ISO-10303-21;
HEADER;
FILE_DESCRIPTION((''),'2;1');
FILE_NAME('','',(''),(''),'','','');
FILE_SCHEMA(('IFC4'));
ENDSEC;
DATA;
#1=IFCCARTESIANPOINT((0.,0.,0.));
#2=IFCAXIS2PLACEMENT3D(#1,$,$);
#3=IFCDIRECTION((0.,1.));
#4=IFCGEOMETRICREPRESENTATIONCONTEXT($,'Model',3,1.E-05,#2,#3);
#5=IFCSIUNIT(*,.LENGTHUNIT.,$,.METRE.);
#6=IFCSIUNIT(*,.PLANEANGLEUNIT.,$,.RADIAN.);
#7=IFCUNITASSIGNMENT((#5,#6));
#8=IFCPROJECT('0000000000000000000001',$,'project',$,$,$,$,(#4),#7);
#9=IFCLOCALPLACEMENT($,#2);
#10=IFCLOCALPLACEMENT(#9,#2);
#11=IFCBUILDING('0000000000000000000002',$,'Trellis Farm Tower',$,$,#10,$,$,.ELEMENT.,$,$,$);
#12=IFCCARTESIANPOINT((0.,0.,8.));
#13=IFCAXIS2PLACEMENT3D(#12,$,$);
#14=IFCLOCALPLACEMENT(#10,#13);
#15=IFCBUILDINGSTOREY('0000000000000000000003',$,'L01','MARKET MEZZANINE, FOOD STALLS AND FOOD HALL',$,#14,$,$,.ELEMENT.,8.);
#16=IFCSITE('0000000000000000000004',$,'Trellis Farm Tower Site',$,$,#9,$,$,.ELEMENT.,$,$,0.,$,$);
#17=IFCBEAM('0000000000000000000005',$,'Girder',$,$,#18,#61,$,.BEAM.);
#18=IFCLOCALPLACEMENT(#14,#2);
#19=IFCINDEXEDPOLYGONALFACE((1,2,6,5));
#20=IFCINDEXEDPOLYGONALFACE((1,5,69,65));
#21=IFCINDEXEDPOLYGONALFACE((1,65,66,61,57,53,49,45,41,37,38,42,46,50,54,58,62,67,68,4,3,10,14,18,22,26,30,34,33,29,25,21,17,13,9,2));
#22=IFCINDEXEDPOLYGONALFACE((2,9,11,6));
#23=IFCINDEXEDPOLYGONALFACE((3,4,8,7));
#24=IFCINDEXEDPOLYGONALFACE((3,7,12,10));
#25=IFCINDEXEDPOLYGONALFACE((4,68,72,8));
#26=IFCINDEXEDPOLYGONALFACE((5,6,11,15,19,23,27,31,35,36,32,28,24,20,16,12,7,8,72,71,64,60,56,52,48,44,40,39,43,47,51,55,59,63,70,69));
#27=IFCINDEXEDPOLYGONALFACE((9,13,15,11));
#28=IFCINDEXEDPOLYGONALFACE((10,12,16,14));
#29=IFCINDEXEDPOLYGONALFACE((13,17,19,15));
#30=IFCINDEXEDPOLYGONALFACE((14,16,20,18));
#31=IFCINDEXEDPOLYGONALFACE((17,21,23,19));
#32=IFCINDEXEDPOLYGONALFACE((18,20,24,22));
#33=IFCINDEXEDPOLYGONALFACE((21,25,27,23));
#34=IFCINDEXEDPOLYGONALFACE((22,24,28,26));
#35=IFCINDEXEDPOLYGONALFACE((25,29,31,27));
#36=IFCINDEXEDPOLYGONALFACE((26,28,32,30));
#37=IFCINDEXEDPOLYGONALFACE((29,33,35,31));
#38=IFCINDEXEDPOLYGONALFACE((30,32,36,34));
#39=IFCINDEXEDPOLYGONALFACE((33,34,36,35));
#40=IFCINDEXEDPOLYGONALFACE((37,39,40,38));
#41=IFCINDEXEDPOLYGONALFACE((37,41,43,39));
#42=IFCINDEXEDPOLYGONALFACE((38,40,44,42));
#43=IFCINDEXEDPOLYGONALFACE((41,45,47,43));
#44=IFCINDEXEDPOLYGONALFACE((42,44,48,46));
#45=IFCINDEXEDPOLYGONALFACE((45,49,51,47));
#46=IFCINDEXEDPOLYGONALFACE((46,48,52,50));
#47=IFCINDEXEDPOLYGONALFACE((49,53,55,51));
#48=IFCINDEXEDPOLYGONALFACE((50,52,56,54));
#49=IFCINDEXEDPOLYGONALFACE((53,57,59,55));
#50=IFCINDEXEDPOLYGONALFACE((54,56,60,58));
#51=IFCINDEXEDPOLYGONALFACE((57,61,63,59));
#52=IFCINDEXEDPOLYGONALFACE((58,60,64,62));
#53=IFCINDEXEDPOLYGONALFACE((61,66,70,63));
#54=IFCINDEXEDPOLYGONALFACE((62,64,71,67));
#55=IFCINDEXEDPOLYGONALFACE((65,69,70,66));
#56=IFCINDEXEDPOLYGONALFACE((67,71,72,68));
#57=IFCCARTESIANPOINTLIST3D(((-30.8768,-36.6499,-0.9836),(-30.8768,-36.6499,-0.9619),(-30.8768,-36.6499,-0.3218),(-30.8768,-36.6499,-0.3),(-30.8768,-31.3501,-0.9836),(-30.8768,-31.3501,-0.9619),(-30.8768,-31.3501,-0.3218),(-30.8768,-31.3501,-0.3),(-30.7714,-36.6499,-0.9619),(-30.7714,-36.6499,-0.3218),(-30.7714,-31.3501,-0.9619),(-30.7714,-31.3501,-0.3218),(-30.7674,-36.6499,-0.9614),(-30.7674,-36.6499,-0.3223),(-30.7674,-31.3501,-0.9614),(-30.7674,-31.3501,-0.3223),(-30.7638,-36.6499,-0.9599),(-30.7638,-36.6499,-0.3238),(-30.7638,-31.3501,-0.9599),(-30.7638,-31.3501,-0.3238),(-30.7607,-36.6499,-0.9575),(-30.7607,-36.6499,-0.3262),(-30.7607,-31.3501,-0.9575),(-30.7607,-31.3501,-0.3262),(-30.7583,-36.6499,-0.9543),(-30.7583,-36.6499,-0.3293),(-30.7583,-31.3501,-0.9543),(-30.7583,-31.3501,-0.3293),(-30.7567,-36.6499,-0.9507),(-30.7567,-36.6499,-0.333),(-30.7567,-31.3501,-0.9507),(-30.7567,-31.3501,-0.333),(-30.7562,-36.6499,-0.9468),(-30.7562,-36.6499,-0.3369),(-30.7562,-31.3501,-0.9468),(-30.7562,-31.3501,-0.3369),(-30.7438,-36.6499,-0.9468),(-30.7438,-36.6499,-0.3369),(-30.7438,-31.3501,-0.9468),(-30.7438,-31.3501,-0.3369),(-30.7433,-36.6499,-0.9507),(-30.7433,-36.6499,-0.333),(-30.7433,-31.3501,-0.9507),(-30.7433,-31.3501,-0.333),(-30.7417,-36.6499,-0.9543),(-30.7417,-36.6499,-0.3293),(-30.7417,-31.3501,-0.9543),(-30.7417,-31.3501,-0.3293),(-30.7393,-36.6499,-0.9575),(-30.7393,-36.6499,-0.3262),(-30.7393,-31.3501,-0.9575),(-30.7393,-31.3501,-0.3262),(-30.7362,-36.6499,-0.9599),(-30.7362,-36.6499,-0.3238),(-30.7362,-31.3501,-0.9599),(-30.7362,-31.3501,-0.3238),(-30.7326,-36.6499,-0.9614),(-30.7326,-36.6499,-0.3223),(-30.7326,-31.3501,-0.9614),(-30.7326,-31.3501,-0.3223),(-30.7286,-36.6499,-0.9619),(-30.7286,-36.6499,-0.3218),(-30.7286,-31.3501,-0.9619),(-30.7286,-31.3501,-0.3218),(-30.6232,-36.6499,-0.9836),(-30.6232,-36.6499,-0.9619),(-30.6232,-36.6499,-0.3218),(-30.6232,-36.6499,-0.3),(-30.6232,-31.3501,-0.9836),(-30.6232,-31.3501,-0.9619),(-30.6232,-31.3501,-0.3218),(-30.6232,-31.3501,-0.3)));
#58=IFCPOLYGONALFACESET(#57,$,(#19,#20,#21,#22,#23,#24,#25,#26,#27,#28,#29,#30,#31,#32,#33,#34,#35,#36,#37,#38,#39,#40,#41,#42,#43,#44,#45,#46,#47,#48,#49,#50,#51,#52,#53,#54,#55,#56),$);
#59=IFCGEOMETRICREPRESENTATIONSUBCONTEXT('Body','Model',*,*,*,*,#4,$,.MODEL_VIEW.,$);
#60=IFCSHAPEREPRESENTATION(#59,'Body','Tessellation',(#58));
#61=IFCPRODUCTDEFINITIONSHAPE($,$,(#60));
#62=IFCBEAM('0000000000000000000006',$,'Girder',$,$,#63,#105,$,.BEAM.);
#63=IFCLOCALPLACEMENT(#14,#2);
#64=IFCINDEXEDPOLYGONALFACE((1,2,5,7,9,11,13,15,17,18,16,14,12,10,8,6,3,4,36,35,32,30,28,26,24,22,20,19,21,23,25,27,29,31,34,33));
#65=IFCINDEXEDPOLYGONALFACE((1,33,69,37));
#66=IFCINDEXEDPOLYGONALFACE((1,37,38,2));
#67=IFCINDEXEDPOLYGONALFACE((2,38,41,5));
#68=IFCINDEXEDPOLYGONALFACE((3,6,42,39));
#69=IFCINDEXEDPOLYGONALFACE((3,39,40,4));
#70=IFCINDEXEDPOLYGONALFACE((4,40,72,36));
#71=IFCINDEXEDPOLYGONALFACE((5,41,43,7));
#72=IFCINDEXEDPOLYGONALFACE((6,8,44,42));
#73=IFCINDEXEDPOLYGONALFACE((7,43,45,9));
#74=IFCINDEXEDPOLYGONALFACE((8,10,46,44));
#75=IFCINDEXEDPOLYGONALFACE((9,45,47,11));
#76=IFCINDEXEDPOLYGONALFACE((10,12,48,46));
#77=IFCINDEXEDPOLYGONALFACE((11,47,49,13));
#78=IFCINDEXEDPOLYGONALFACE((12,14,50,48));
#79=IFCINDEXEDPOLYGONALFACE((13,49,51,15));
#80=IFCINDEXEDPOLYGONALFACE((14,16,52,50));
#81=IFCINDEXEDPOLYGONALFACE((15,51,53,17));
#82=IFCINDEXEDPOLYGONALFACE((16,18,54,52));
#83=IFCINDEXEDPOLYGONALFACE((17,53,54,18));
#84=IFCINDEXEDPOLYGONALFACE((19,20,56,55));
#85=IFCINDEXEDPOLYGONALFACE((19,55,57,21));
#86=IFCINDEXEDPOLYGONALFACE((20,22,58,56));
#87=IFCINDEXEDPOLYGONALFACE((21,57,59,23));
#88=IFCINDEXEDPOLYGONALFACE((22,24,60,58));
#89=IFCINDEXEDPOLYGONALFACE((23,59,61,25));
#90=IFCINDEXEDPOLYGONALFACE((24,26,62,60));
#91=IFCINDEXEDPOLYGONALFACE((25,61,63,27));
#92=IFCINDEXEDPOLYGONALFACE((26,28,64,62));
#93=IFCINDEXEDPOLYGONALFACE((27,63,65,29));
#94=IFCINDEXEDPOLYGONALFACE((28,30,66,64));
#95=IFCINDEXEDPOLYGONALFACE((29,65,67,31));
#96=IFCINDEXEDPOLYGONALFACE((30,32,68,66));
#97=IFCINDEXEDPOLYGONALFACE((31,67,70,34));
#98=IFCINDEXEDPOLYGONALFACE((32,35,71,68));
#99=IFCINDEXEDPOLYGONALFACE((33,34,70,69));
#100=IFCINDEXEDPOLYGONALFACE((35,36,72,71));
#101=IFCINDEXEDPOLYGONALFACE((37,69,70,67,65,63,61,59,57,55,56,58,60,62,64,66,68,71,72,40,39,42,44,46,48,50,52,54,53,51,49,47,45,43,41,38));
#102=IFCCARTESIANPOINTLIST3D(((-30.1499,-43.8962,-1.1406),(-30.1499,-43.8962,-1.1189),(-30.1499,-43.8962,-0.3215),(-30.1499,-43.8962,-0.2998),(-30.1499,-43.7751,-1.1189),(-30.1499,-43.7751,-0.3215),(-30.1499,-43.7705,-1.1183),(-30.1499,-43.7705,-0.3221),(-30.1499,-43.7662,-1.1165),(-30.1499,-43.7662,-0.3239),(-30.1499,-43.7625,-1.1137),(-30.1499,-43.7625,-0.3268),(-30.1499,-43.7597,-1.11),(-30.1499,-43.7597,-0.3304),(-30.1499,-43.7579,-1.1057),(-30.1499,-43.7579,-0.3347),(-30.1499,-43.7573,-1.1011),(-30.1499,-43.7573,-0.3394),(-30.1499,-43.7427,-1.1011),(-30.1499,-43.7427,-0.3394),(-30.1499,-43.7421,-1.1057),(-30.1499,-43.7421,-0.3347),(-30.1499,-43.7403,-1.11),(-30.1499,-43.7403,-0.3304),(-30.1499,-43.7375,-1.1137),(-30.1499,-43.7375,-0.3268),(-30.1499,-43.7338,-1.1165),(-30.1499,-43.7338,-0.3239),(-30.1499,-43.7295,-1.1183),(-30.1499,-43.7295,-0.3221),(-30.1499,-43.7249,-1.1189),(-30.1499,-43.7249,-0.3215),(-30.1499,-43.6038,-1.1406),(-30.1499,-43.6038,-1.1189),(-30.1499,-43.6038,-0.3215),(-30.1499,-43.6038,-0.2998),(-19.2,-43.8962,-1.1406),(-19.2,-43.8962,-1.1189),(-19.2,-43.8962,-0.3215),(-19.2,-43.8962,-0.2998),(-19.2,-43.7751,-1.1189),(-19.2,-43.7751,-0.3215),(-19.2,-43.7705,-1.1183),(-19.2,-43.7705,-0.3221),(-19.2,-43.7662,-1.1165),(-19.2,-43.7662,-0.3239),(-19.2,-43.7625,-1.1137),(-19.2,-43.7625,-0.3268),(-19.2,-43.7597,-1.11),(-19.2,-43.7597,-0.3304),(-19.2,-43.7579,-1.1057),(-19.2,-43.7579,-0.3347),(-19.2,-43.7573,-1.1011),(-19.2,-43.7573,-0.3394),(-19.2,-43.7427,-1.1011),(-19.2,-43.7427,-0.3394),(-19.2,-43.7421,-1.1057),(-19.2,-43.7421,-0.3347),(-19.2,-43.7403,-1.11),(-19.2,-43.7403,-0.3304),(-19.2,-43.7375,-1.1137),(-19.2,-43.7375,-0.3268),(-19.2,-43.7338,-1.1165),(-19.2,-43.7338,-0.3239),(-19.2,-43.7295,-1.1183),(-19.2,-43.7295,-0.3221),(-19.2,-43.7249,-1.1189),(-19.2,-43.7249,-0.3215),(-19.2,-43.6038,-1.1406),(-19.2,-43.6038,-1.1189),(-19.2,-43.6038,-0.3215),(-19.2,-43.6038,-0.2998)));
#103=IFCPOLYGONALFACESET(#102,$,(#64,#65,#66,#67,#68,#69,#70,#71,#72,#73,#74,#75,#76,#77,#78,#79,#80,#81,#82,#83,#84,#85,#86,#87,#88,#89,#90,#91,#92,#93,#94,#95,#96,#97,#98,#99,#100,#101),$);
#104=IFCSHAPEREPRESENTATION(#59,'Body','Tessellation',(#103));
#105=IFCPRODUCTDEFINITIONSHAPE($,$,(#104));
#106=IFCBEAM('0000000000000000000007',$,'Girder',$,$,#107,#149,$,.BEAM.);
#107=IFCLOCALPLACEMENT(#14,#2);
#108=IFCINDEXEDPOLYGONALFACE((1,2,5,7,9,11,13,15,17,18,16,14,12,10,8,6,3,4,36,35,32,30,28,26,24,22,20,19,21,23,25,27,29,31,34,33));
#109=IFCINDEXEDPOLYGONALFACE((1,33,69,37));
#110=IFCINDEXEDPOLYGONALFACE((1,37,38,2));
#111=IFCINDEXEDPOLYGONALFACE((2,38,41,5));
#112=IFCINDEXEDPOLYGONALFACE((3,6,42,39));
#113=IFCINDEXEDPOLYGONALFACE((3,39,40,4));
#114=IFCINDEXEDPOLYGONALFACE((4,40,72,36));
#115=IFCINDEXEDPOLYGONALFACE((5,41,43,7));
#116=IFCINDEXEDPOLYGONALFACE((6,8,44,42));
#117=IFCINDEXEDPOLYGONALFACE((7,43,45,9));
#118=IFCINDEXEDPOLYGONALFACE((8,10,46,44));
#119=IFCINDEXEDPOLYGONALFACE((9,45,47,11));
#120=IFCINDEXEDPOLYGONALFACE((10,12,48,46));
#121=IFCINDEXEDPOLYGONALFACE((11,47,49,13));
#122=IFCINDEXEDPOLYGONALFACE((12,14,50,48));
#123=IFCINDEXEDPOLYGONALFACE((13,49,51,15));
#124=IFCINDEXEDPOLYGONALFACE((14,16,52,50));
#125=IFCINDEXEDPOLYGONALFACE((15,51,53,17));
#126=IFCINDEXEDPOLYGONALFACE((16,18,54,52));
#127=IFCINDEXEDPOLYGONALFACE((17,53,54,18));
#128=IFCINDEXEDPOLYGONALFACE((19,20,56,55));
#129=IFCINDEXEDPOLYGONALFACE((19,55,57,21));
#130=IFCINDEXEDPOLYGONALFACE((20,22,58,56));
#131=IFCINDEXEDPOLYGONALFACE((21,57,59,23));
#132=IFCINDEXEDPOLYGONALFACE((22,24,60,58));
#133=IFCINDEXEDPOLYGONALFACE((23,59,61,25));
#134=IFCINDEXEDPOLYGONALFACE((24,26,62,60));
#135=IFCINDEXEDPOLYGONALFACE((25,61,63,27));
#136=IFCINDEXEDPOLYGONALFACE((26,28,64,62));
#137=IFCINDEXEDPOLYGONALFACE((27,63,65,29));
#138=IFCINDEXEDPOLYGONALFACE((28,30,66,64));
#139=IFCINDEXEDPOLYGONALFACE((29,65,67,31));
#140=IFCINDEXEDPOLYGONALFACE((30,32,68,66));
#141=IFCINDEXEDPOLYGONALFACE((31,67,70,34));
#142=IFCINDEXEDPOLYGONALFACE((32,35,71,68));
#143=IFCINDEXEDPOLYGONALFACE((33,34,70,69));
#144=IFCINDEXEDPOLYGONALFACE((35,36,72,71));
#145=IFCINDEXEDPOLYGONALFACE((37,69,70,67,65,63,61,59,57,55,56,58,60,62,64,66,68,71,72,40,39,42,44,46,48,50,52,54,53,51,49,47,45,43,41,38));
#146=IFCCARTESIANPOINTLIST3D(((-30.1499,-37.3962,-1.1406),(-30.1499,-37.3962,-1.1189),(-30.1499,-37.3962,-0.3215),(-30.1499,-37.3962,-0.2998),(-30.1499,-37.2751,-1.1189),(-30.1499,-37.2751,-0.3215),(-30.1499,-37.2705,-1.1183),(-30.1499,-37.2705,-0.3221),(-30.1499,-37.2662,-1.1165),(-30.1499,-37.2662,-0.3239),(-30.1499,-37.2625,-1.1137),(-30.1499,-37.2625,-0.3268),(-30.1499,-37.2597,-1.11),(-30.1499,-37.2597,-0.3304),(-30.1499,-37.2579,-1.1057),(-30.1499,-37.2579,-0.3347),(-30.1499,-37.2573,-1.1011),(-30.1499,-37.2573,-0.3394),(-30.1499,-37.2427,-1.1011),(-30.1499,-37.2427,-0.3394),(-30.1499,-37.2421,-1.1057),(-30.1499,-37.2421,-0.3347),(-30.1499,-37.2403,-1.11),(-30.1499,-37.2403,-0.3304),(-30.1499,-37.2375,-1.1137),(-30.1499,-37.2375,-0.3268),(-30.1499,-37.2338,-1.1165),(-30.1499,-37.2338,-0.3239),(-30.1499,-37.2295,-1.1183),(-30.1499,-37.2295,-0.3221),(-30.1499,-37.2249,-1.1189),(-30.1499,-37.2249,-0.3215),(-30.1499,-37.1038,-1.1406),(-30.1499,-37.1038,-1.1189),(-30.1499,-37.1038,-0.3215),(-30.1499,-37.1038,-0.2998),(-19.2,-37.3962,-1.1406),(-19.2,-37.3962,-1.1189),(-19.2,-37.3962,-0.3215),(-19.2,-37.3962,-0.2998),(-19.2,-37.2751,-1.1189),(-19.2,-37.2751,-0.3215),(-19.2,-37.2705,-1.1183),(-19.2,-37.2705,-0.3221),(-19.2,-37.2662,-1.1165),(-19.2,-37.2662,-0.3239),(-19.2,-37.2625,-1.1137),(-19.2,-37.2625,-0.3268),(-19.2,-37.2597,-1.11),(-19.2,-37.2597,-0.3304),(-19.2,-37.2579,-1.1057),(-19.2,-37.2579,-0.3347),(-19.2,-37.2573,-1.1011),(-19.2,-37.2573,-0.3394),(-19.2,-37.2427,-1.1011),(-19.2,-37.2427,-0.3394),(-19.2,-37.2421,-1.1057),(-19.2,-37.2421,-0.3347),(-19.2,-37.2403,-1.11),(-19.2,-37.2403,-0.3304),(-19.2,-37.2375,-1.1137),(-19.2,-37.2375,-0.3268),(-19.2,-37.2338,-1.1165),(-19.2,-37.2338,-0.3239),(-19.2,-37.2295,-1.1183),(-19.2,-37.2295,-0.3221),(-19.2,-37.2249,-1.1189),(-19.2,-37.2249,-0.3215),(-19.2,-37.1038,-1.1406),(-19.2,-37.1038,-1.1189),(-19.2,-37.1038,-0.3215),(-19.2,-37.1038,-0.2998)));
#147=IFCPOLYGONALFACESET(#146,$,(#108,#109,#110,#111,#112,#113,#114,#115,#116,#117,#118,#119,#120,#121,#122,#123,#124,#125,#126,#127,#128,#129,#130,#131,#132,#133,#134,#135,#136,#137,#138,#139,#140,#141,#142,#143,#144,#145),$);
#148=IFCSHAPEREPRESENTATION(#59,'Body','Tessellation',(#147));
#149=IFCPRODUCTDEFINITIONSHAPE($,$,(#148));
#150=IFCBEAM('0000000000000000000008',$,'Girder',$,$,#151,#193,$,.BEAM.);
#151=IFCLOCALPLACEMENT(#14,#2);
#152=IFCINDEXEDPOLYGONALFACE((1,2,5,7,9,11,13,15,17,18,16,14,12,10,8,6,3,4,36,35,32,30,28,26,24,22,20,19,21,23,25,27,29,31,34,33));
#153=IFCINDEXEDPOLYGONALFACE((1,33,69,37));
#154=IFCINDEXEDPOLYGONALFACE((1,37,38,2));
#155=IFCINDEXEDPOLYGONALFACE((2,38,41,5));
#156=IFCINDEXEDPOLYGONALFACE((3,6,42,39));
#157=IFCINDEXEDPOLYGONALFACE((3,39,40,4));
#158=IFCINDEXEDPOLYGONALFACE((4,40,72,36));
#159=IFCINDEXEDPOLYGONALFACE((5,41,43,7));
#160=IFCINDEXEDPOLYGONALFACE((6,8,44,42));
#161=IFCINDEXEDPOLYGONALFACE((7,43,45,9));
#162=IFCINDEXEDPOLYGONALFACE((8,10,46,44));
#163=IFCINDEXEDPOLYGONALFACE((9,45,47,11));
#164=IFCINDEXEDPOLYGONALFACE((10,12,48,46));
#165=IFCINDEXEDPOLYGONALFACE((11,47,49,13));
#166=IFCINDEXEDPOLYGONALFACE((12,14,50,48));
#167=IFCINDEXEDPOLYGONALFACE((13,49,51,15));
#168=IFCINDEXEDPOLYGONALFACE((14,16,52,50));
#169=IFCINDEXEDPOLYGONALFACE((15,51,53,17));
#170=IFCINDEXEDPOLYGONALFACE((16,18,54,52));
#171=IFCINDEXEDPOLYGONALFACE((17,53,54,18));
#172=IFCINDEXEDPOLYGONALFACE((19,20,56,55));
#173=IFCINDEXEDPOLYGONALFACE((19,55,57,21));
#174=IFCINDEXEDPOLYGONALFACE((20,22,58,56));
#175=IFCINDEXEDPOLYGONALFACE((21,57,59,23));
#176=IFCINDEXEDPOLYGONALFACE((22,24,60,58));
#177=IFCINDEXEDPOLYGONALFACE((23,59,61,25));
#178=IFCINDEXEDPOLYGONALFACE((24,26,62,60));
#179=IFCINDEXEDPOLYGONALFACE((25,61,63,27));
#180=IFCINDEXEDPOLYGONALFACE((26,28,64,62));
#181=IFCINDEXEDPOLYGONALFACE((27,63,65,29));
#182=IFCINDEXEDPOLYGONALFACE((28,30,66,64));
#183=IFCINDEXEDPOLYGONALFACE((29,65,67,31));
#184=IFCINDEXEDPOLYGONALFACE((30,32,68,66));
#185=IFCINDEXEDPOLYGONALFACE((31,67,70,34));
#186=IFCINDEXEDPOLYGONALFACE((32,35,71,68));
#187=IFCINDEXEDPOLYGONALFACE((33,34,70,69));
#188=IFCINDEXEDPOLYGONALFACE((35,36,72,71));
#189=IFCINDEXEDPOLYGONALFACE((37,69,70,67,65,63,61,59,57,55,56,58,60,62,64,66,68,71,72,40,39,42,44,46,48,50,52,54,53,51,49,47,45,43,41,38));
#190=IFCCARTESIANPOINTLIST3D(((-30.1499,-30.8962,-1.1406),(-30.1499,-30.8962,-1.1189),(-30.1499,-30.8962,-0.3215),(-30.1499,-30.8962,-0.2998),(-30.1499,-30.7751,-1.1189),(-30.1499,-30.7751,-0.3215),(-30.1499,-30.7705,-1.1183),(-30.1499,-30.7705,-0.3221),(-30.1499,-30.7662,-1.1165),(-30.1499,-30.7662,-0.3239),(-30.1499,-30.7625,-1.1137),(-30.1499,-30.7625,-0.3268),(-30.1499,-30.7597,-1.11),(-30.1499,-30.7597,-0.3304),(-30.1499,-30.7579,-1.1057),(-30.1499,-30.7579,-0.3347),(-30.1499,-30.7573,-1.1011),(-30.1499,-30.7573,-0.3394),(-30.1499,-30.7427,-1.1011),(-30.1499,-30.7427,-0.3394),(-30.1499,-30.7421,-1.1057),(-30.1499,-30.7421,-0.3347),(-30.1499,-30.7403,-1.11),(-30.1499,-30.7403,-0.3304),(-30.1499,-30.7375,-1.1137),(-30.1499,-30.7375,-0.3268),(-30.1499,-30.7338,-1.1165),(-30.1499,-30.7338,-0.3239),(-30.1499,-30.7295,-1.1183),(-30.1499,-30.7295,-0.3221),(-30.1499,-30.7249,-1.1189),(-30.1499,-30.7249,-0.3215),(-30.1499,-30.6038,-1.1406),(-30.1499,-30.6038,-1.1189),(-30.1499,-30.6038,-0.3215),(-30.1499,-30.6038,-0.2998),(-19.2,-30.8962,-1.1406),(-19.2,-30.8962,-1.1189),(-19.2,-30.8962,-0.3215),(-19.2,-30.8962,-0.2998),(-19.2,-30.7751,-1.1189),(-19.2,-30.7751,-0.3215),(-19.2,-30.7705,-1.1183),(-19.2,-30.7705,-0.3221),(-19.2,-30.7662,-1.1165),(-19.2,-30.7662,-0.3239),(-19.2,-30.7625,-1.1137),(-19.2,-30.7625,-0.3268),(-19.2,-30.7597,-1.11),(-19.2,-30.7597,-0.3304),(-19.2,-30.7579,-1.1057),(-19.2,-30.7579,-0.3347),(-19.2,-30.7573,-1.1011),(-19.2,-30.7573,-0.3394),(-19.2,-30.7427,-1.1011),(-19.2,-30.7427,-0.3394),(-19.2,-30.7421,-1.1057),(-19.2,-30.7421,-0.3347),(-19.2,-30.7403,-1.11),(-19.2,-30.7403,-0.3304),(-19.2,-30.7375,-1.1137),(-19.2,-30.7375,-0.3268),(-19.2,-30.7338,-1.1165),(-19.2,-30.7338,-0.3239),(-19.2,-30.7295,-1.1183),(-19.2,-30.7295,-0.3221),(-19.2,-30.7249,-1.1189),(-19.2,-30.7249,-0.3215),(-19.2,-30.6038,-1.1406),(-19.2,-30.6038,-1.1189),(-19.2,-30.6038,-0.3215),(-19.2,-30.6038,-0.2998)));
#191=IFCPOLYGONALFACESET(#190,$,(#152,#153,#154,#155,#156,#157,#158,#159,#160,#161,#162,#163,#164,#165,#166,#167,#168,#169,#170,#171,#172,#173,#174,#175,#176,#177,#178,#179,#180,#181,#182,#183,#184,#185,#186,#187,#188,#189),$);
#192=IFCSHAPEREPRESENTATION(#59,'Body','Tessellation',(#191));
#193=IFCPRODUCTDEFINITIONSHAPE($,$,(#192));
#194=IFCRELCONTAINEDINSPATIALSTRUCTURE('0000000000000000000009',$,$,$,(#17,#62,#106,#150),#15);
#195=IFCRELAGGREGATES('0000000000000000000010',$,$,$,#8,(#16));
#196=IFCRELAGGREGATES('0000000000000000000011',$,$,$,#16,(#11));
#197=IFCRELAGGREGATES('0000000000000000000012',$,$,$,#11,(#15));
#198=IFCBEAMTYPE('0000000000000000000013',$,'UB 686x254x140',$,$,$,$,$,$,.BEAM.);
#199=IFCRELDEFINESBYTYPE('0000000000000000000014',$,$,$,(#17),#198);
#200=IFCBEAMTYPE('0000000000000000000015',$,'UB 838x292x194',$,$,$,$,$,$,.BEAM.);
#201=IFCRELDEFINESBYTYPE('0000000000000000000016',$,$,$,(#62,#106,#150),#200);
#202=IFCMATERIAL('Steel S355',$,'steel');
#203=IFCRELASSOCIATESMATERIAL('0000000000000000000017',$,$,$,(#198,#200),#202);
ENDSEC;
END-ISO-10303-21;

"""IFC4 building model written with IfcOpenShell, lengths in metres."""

from ifc_helpers import new_model, si_unit, direction, frame, origin, origin_2d, place, context, subcontext, project, spatial, i_section, extrude, source, transform, mapped, material, material_profile, profile_set, type_object, element, save


model = new_model("IFC4")

# Units and contexts
model_context = context("Model", 3, precision=1e-05, world=origin(), true_north=direction((0.0, 1.0)))
body_context = subcontext(model_context, "Body", "Model", "MODEL_VIEW")
ifc_project = project(units=[si_unit("LENGTHUNIT", "METRE"), si_unit("PLANEANGLEUNIT", "RADIAN")], contexts=[model_context])

# Site, building, storey
site_placement = place(None, origin())
site = spatial("IfcSite", under=ifc_project, at=site_placement, Name="Trellis Farm Tower Site", CompositionType="ELEMENT", RefElevation=0.0)
building_placement = place(site_placement, origin())
building = spatial("IfcBuilding", under=site, at=building_placement, Name="Trellis Farm Tower", CompositionType="ELEMENT")
storey_placement = place(building_placement, frame((0.0, 0.0, 8.0)))
storey = spatial("IfcBuildingStorey", under=building, at=storey_placement, Name="L01", Description="MARKET MEZZANINE, FOOD STALLS AND FOOD HALL", CompositionType="ELEMENT", Elevation=8.0)

# Beams
ifc_material_1 = material(Name="Steel S355", Category="steel")
ifc_material_profile_1 = material_profile(ifc_material_1, i_section(OverallWidth=0.2537, OverallDepth=0.6836, WebThickness=0.0125, FlangeThickness=0.0217, FilletRadius=0.0151, at=origin_2d()), Name="UB 686x254x140")
ifc_profile_set_1 = profile_set([ifc_material_profile_1], Name="Steel S355")
beam_type_1 = type_object("IfcBeamType", Name="UB 686x254x140", PredefinedType="BEAM", material=ifc_profile_set_1)
shared_shape_1 = source(origin(), body_context, "Body", "SweptSolid", [
    extrude(i_section(OverallWidth=0.2537, OverallDepth=0.6836, WebThickness=0.0125, FlangeThickness=0.0217, FilletRadius=0.0151, at=origin_2d()), origin(), (0.0, 0.0, 1.0), 5.2998),
])
for number, where, z_axis, x_axis, name in (
    (1, (-30.75, -36.6499, -0.6418), (0.0, 1.0, 0.0), (-1.0, 0.0, 0.0), "Girder"),
):
    element("IfcBeam", number, at=place(storey_placement, frame(where, z_axis=z_axis, x_axis=x_axis)), inside=storey, type_object=beam_type_1, Name=name, PredefinedType="BEAM", context=body_context, shape_type="MappedRepresentation", body=[
        mapped(shared_shape_1, transform((0.0, 0.0, 0.0))),
    ])
ifc_material_profile_2 = material_profile(ifc_material_1, i_section(OverallWidth=0.2925, OverallDepth=0.8408, WebThickness=0.0146, FlangeThickness=0.0217, FilletRadius=0.0178, at=origin_2d()), Name="UB 838x292x194")
ifc_profile_set_2 = profile_set([ifc_material_profile_2], Name="Steel S355")
beam_type_2 = type_object("IfcBeamType", Name="UB 838x292x194", PredefinedType="BEAM", material=ifc_profile_set_2)
shared_shape_2 = source(origin(), body_context, "Body", "SweptSolid", [
    extrude(i_section(OverallWidth=0.2925, OverallDepth=0.8408, WebThickness=0.0146, FlangeThickness=0.0217, FilletRadius=0.0178, at=origin_2d()), origin(), (0.0, 0.0, 1.0), 10.95),
])
for number, where, z_axis, x_axis, name in (
    (2, (-30.1499, -43.75, -0.7202), (1.0, 0.0, 0.0), (0.0, 1.0, 0.0), "Girder"),
    (3, (-30.1499, -37.25, -0.7202), (1.0, 0.0, 0.0), (0.0, 1.0, 0.0), "Girder"),
    (4, (-30.1499, -30.75, -0.7202), (1.0, 0.0, 0.0), (0.0, 1.0, 0.0), "Girder"),
):
    element("IfcBeam", number, at=place(storey_placement, frame(where, z_axis=z_axis, x_axis=x_axis)), inside=storey, type_object=beam_type_2, Name=name, PredefinedType="BEAM", context=body_context, shape_type="MappedRepresentation", body=[
        mapped(shared_shape_2, transform((0.0, 0.0, 0.0))),
    ])

save(model, "model.ifc")
